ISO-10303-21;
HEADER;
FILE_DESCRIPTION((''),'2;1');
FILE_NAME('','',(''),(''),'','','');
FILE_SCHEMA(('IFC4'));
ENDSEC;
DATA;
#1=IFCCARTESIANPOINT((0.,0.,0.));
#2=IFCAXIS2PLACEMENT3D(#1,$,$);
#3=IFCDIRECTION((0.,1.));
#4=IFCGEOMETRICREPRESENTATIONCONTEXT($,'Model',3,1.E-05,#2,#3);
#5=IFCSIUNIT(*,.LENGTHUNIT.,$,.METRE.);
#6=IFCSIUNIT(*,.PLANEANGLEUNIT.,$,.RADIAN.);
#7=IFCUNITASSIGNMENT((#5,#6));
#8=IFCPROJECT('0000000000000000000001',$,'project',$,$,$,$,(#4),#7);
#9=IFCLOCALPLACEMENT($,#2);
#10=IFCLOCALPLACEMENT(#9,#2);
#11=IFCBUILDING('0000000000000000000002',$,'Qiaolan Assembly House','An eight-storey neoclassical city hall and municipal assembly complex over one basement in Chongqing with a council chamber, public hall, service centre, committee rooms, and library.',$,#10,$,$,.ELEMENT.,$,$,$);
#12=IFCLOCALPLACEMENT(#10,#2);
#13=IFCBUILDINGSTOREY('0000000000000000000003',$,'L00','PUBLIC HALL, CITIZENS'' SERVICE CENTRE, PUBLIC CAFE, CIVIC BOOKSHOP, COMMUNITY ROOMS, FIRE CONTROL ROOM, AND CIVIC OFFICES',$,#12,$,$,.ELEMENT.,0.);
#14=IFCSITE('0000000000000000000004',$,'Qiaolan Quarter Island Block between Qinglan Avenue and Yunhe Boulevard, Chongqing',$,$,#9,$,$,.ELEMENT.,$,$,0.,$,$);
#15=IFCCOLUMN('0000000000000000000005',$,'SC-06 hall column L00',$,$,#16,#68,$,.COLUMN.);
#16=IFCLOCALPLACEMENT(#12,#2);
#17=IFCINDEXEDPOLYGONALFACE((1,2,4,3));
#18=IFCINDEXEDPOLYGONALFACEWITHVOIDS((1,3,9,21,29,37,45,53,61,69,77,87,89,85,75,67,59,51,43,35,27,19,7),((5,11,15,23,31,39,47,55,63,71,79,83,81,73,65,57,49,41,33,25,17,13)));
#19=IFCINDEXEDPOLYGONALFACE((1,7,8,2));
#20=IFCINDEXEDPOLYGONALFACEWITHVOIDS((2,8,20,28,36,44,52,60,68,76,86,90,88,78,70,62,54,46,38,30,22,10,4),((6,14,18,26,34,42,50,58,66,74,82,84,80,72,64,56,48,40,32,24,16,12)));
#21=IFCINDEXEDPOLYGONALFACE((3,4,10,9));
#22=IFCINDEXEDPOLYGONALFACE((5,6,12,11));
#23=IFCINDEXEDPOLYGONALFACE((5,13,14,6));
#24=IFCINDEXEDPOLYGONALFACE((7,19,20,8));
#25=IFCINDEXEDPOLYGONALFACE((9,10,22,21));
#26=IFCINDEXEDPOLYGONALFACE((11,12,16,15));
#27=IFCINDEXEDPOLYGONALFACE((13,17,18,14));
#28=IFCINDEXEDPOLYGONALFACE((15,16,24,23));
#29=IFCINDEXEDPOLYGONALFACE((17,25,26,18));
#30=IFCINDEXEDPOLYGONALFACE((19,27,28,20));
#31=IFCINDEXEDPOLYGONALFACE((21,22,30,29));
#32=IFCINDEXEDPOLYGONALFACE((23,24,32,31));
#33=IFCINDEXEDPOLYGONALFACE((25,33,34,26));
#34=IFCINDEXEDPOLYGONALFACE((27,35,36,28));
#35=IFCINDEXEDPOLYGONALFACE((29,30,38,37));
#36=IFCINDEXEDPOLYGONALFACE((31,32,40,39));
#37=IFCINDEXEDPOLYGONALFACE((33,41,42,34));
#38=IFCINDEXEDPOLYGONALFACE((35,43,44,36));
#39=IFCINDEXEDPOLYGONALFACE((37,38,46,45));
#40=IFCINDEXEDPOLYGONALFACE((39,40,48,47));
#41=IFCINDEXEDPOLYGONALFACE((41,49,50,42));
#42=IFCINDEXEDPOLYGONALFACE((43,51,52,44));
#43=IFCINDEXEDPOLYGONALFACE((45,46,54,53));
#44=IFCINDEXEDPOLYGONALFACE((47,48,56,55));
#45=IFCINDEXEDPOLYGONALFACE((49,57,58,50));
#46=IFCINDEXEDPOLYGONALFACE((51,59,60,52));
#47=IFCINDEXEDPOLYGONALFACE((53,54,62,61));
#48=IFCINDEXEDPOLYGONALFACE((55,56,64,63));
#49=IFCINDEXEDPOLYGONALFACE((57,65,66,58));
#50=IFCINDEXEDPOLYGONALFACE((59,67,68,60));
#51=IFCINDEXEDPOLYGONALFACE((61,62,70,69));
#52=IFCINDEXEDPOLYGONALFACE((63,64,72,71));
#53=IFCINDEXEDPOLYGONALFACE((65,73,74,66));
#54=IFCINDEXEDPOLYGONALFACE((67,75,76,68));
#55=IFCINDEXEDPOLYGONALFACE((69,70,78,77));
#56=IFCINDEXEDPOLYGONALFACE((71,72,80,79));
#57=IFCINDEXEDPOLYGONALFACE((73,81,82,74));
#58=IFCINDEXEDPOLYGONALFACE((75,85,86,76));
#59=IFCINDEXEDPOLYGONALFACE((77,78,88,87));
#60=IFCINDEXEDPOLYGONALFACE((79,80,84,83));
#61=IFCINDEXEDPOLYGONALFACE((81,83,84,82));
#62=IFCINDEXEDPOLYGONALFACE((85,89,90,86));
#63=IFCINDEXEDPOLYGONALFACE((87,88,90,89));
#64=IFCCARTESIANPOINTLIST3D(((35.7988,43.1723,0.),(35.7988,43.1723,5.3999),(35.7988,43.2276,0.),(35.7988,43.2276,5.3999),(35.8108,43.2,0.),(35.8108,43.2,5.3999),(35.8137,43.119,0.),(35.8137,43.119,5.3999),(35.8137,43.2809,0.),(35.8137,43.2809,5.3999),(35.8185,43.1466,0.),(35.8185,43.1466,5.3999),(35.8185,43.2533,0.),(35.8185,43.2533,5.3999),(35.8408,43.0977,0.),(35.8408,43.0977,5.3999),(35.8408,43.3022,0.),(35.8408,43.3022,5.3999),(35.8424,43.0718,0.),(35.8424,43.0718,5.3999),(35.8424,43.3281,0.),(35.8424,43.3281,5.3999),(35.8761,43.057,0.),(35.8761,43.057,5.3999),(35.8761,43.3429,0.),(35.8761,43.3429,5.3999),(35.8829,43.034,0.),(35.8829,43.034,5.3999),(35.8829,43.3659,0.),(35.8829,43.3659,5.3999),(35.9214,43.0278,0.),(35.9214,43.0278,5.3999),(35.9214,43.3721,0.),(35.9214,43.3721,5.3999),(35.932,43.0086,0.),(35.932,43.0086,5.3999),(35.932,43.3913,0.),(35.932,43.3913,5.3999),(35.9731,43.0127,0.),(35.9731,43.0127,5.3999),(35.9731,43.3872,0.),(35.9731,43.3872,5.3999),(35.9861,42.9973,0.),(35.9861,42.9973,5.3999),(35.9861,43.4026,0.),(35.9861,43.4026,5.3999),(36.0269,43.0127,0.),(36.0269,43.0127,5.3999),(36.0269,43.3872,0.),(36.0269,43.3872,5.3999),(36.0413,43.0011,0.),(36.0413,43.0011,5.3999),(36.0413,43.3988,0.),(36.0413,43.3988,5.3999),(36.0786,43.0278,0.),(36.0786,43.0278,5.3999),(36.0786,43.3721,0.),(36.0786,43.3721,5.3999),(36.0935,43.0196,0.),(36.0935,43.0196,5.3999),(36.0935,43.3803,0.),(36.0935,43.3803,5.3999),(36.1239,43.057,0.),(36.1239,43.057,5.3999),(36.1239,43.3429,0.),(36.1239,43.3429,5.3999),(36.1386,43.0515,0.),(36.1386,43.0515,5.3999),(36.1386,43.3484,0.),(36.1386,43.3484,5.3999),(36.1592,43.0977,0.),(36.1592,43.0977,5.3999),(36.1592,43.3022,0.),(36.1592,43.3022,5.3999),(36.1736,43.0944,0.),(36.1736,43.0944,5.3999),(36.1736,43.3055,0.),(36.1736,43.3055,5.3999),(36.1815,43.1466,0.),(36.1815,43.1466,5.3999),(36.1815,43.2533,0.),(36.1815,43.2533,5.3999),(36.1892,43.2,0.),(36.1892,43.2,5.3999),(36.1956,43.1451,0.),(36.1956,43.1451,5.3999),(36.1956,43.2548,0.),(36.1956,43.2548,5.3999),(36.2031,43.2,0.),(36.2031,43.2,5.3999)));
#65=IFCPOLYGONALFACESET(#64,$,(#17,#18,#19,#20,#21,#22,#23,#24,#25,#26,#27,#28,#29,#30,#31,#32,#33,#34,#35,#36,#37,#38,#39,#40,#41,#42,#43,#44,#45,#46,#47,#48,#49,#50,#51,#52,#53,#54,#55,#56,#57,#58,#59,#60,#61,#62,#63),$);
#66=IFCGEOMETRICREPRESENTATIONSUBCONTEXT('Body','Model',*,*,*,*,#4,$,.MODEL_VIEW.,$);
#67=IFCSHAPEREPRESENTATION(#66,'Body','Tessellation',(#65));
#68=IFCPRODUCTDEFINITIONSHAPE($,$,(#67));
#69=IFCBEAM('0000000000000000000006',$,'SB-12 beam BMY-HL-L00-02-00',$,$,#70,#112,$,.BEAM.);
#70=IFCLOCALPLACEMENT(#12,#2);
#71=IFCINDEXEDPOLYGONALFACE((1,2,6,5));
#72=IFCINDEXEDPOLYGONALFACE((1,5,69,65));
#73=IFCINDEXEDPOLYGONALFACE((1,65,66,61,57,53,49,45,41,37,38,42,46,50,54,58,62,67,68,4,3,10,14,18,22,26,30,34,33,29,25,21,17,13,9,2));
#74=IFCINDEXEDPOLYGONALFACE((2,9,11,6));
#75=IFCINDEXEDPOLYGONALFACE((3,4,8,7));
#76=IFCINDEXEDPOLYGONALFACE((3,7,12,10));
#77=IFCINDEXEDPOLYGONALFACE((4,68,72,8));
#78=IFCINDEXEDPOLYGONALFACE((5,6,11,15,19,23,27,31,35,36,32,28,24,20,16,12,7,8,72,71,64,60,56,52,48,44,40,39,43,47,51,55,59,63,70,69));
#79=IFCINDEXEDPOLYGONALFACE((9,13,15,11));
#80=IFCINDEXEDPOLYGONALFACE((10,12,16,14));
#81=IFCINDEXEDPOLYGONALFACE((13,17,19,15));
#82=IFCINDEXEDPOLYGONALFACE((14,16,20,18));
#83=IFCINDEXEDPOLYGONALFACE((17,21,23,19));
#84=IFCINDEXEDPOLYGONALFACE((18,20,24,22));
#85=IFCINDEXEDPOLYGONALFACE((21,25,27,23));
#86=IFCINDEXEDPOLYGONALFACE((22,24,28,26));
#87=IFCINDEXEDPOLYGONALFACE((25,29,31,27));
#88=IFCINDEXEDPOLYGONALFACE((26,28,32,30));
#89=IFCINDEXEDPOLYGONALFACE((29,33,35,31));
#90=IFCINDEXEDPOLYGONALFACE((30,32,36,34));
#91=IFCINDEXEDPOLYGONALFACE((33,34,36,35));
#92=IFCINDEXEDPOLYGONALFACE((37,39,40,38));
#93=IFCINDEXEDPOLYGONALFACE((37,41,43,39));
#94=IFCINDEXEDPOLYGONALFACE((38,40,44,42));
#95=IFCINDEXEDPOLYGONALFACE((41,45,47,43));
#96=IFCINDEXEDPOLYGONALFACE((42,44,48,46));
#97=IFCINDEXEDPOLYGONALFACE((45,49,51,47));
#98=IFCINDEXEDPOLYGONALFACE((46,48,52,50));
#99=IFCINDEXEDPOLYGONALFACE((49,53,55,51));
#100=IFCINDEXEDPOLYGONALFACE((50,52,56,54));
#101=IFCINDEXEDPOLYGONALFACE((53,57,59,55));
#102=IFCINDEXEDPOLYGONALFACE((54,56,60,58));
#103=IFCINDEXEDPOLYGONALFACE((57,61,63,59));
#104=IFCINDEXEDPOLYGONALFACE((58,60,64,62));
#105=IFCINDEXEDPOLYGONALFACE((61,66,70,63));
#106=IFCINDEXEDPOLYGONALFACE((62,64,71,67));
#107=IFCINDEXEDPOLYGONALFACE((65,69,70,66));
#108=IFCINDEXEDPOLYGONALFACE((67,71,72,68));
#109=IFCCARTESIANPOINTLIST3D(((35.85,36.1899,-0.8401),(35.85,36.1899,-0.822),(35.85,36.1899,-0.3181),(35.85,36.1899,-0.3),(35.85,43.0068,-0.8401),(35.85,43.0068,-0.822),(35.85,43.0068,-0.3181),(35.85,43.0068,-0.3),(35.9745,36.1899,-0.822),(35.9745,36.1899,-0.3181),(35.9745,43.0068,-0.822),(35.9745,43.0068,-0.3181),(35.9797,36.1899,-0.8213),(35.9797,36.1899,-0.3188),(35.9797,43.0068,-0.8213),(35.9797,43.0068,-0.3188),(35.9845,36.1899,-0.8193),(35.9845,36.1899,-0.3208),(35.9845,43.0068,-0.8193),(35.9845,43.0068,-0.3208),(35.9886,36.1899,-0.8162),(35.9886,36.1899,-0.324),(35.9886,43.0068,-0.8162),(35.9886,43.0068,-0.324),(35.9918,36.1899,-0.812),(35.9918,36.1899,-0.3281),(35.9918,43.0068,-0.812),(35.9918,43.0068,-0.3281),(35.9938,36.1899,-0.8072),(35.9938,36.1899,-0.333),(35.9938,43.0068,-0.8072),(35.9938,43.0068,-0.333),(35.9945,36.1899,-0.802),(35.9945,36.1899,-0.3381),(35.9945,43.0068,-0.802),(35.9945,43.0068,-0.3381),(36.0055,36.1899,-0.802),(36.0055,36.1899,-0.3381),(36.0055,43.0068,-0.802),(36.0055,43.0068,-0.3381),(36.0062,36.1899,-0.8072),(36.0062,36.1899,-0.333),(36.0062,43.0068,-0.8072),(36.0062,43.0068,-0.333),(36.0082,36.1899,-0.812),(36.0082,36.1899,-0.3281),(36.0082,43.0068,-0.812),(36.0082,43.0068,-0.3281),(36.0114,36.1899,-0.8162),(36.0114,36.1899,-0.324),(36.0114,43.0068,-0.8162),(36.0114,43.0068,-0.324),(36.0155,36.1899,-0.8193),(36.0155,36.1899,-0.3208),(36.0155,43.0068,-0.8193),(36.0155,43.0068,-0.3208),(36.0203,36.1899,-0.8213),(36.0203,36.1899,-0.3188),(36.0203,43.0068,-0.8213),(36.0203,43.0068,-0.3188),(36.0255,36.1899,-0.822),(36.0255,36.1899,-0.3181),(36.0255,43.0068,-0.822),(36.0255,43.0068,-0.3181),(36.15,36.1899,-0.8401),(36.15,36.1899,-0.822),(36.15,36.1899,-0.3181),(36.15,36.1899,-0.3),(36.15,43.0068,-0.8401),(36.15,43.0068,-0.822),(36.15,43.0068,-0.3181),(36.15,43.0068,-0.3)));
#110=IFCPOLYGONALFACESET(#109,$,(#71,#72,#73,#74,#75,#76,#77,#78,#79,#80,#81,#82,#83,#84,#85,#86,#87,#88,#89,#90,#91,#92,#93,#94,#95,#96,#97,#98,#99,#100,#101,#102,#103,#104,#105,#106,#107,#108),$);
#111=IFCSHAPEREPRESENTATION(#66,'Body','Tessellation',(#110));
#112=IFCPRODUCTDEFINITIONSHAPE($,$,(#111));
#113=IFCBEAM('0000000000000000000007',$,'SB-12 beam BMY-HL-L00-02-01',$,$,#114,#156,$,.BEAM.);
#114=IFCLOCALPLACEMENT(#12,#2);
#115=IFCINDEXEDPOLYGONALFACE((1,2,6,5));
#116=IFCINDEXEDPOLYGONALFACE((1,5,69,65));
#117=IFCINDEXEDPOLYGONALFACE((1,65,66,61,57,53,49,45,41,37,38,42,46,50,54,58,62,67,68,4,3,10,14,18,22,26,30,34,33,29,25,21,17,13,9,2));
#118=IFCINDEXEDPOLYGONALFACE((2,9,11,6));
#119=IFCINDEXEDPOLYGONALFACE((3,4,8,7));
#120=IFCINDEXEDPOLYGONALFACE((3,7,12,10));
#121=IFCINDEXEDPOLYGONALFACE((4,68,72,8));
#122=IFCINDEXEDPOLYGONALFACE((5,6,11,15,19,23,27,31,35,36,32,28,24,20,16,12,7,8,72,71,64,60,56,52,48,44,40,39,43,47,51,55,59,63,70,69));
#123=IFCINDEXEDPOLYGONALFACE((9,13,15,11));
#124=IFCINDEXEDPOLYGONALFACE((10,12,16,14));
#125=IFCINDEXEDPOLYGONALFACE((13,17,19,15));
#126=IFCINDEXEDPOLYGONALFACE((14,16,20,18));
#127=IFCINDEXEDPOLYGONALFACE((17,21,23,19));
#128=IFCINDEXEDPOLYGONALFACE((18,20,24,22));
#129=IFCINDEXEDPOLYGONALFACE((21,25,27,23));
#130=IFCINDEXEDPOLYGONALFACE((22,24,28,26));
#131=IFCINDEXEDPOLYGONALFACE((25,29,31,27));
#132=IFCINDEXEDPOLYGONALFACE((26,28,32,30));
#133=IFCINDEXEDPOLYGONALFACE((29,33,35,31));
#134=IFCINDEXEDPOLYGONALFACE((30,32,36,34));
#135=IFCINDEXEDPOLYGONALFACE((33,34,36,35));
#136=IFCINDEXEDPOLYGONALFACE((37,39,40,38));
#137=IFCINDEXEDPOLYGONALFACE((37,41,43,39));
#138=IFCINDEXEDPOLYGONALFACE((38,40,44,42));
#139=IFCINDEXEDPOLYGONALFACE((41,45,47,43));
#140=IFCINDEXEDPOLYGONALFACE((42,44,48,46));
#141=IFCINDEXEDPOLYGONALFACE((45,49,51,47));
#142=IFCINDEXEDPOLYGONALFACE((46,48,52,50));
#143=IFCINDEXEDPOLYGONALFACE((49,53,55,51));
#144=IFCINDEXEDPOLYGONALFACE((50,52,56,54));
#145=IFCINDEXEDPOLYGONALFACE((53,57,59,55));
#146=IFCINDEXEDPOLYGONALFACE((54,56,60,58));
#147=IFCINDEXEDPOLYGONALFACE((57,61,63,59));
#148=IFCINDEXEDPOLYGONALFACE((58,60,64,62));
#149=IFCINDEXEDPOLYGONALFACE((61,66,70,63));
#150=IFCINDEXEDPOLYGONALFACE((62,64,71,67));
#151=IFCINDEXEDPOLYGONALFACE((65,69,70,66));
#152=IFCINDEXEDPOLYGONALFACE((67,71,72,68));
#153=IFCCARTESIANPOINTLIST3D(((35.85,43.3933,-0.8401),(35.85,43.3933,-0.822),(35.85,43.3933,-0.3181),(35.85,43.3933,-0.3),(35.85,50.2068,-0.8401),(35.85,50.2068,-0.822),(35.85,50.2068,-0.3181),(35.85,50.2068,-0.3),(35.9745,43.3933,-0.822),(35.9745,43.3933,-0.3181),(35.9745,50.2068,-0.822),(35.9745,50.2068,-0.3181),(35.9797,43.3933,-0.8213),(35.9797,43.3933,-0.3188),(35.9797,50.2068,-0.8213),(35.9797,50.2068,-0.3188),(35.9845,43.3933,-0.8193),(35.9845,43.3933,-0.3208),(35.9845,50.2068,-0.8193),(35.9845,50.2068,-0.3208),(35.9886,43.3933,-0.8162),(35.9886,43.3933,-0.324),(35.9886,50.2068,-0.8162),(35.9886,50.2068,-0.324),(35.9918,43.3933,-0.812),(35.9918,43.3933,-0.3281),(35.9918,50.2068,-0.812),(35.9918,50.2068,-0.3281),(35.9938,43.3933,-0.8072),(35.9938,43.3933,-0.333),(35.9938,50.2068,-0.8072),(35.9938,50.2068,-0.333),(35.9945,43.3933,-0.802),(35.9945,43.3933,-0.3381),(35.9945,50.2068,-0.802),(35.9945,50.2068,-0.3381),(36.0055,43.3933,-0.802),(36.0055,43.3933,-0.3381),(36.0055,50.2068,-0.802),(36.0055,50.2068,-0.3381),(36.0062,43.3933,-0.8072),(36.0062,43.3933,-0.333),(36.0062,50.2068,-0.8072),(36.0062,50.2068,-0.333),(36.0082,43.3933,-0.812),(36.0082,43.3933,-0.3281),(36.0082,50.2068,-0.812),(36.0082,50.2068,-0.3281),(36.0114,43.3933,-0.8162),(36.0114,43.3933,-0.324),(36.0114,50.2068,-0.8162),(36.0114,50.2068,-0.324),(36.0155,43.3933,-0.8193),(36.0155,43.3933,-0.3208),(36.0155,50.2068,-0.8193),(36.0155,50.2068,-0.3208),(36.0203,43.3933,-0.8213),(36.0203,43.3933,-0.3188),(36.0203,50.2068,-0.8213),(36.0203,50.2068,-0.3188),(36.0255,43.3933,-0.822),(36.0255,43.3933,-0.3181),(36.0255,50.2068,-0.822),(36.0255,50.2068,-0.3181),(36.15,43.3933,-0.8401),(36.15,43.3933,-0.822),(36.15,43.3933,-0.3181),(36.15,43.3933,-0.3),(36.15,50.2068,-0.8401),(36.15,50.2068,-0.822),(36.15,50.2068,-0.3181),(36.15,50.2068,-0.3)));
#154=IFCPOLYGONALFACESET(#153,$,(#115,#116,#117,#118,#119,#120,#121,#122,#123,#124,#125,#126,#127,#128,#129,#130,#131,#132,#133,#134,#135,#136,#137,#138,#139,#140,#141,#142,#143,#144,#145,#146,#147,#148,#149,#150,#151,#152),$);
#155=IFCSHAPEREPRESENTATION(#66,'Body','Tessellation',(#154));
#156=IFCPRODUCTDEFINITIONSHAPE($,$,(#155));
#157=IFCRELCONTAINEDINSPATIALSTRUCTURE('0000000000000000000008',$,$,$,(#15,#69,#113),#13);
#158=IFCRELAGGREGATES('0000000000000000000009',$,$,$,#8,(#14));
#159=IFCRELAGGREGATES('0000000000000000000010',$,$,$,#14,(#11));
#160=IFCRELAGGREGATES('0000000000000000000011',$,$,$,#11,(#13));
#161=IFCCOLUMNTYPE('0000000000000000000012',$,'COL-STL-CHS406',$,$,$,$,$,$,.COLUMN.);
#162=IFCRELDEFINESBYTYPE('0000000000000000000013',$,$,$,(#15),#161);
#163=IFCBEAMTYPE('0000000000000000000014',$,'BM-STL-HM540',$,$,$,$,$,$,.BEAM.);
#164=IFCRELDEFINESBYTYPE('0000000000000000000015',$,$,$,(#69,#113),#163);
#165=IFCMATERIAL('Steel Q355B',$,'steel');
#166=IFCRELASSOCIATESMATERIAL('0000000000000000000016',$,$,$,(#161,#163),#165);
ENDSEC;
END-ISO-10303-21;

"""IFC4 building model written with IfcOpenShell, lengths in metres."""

from ifc_helpers import new_model, si_unit, direction, frame, origin, origin_2d, place, context, subcontext, project, spatial, hollow_circle, i_section, extrude, material, material_profile, profile_set, type_object, element, save


model = new_model("IFC4")

# Units and contexts
model_context = context("Model", 3, precision=1e-05, world=origin(), true_north=direction((0.0, 1.0)))
body_context = subcontext(model_context, "Body", "Model", "MODEL_VIEW")
ifc_project = project(units=[si_unit("LENGTHUNIT", "METRE"), si_unit("PLANEANGLEUNIT", "RADIAN")], contexts=[model_context])

# Site, building, storey
site_placement = place(None, origin())
site = spatial("IfcSite", under=ifc_project, at=site_placement, Name="Qiaolan Quarter Island Block between Qinglan Avenue and Yunhe Boulevard, Chongqing", CompositionType="ELEMENT", RefElevation=0.0)
building_placement = place(site_placement, origin())
building = spatial("IfcBuilding", under=site, at=building_placement, Name="Qiaolan Assembly House", Description="An eight-storey neoclassical city hall and municipal assembly complex over one basement in Chongqing with a council chamber, public hall, service centre, committee rooms, and library.", CompositionType="ELEMENT")
storey_placement = place(building_placement, origin())
storey = spatial("IfcBuildingStorey", under=building, at=storey_placement, Name="L00", Description="PUBLIC HALL, CITIZENS' SERVICE CENTRE, PUBLIC CAFE, CIVIC BOOKSHOP, COMMUNITY ROOMS, FIRE CONTROL ROOM, AND CIVIC OFFICES", CompositionType="ELEMENT", Elevation=0.0)

# Column
ifc_material_1 = material(Name="Steel Q355B", Category="steel")
ifc_material_profile_1 = material_profile(ifc_material_1, hollow_circle(Radius=0.2031, WallThickness=0.0139, at=origin_2d()), Name="CHS 406.4x14")
ifc_profile_set_1 = profile_set([ifc_material_profile_1], Name="Steel Q355B")
column_type = type_object("IfcColumnType", Name="COL-STL-CHS406", PredefinedType="COLUMN", material=ifc_profile_set_1)
column_placement = place(storey_placement, frame((36.0, 43.2, 0.0), z_axis=(0.0, 0.0, 1.0), x_axis=(1.0, 0.0, 0.0)))
element("IfcColumn", 1, at=column_placement, inside=storey, type_object=column_type, Name="SC-06 hall column L00", PredefinedType="COLUMN", context=body_context, shape_type="SweptSolid", body=[
    extrude(hollow_circle(Radius=0.2031, WallThickness=0.0139, at=origin_2d()), origin(), (0.0, 0.0, 1.0), 5.3999),
])

# Beams
ifc_material_profile_2 = material_profile(ifc_material_1, i_section(OverallWidth=0.3, OverallDepth=0.54, WebThickness=0.011, FlangeThickness=0.0181, FilletRadius=0.02, at=origin_2d()), Name="HM 540x300x11x18")
ifc_profile_set_2 = profile_set([ifc_material_profile_2], Name="Steel Q355B")
beam_type_1 = type_object("IfcBeamType", Name="BM-STL-HM540", PredefinedType="BEAM", material=ifc_profile_set_2)
beam_1_placement = place(storey_placement, frame((36.0, 36.1899, -0.5701), z_axis=(0.0, 1.0, 0.0), x_axis=(-1.0, 0.0, 0.0)))
element("IfcBeam", 2, at=beam_1_placement, inside=storey, type_object=beam_type_1, Name="SB-12 beam BMY-HL-L00-02-00", PredefinedType="BEAM", context=body_context, shape_type="SweptSolid", body=[
    extrude(i_section(OverallWidth=0.3, OverallDepth=0.54, WebThickness=0.011, FlangeThickness=0.0181, FilletRadius=0.02, at=origin_2d()), origin(), (0.0, 0.0, 1.0), 6.8169),
])
beam_2_placement = place(storey_placement, frame((36.0, 43.3933, -0.5701), z_axis=(0.0, 1.0, 0.0), x_axis=(-1.0, 0.0, 0.0)))
element("IfcBeam", 3, at=beam_2_placement, inside=storey, type_object=beam_type_1, Name="SB-12 beam BMY-HL-L00-02-01", PredefinedType="BEAM", context=body_context, shape_type="SweptSolid", body=[
    extrude(i_section(OverallWidth=0.3, OverallDepth=0.54, WebThickness=0.011, FlangeThickness=0.0181, FilletRadius=0.02, at=origin_2d()), origin(), (0.0, 0.0, 1.0), 6.8135),
])

save(model, "model.ifc")
